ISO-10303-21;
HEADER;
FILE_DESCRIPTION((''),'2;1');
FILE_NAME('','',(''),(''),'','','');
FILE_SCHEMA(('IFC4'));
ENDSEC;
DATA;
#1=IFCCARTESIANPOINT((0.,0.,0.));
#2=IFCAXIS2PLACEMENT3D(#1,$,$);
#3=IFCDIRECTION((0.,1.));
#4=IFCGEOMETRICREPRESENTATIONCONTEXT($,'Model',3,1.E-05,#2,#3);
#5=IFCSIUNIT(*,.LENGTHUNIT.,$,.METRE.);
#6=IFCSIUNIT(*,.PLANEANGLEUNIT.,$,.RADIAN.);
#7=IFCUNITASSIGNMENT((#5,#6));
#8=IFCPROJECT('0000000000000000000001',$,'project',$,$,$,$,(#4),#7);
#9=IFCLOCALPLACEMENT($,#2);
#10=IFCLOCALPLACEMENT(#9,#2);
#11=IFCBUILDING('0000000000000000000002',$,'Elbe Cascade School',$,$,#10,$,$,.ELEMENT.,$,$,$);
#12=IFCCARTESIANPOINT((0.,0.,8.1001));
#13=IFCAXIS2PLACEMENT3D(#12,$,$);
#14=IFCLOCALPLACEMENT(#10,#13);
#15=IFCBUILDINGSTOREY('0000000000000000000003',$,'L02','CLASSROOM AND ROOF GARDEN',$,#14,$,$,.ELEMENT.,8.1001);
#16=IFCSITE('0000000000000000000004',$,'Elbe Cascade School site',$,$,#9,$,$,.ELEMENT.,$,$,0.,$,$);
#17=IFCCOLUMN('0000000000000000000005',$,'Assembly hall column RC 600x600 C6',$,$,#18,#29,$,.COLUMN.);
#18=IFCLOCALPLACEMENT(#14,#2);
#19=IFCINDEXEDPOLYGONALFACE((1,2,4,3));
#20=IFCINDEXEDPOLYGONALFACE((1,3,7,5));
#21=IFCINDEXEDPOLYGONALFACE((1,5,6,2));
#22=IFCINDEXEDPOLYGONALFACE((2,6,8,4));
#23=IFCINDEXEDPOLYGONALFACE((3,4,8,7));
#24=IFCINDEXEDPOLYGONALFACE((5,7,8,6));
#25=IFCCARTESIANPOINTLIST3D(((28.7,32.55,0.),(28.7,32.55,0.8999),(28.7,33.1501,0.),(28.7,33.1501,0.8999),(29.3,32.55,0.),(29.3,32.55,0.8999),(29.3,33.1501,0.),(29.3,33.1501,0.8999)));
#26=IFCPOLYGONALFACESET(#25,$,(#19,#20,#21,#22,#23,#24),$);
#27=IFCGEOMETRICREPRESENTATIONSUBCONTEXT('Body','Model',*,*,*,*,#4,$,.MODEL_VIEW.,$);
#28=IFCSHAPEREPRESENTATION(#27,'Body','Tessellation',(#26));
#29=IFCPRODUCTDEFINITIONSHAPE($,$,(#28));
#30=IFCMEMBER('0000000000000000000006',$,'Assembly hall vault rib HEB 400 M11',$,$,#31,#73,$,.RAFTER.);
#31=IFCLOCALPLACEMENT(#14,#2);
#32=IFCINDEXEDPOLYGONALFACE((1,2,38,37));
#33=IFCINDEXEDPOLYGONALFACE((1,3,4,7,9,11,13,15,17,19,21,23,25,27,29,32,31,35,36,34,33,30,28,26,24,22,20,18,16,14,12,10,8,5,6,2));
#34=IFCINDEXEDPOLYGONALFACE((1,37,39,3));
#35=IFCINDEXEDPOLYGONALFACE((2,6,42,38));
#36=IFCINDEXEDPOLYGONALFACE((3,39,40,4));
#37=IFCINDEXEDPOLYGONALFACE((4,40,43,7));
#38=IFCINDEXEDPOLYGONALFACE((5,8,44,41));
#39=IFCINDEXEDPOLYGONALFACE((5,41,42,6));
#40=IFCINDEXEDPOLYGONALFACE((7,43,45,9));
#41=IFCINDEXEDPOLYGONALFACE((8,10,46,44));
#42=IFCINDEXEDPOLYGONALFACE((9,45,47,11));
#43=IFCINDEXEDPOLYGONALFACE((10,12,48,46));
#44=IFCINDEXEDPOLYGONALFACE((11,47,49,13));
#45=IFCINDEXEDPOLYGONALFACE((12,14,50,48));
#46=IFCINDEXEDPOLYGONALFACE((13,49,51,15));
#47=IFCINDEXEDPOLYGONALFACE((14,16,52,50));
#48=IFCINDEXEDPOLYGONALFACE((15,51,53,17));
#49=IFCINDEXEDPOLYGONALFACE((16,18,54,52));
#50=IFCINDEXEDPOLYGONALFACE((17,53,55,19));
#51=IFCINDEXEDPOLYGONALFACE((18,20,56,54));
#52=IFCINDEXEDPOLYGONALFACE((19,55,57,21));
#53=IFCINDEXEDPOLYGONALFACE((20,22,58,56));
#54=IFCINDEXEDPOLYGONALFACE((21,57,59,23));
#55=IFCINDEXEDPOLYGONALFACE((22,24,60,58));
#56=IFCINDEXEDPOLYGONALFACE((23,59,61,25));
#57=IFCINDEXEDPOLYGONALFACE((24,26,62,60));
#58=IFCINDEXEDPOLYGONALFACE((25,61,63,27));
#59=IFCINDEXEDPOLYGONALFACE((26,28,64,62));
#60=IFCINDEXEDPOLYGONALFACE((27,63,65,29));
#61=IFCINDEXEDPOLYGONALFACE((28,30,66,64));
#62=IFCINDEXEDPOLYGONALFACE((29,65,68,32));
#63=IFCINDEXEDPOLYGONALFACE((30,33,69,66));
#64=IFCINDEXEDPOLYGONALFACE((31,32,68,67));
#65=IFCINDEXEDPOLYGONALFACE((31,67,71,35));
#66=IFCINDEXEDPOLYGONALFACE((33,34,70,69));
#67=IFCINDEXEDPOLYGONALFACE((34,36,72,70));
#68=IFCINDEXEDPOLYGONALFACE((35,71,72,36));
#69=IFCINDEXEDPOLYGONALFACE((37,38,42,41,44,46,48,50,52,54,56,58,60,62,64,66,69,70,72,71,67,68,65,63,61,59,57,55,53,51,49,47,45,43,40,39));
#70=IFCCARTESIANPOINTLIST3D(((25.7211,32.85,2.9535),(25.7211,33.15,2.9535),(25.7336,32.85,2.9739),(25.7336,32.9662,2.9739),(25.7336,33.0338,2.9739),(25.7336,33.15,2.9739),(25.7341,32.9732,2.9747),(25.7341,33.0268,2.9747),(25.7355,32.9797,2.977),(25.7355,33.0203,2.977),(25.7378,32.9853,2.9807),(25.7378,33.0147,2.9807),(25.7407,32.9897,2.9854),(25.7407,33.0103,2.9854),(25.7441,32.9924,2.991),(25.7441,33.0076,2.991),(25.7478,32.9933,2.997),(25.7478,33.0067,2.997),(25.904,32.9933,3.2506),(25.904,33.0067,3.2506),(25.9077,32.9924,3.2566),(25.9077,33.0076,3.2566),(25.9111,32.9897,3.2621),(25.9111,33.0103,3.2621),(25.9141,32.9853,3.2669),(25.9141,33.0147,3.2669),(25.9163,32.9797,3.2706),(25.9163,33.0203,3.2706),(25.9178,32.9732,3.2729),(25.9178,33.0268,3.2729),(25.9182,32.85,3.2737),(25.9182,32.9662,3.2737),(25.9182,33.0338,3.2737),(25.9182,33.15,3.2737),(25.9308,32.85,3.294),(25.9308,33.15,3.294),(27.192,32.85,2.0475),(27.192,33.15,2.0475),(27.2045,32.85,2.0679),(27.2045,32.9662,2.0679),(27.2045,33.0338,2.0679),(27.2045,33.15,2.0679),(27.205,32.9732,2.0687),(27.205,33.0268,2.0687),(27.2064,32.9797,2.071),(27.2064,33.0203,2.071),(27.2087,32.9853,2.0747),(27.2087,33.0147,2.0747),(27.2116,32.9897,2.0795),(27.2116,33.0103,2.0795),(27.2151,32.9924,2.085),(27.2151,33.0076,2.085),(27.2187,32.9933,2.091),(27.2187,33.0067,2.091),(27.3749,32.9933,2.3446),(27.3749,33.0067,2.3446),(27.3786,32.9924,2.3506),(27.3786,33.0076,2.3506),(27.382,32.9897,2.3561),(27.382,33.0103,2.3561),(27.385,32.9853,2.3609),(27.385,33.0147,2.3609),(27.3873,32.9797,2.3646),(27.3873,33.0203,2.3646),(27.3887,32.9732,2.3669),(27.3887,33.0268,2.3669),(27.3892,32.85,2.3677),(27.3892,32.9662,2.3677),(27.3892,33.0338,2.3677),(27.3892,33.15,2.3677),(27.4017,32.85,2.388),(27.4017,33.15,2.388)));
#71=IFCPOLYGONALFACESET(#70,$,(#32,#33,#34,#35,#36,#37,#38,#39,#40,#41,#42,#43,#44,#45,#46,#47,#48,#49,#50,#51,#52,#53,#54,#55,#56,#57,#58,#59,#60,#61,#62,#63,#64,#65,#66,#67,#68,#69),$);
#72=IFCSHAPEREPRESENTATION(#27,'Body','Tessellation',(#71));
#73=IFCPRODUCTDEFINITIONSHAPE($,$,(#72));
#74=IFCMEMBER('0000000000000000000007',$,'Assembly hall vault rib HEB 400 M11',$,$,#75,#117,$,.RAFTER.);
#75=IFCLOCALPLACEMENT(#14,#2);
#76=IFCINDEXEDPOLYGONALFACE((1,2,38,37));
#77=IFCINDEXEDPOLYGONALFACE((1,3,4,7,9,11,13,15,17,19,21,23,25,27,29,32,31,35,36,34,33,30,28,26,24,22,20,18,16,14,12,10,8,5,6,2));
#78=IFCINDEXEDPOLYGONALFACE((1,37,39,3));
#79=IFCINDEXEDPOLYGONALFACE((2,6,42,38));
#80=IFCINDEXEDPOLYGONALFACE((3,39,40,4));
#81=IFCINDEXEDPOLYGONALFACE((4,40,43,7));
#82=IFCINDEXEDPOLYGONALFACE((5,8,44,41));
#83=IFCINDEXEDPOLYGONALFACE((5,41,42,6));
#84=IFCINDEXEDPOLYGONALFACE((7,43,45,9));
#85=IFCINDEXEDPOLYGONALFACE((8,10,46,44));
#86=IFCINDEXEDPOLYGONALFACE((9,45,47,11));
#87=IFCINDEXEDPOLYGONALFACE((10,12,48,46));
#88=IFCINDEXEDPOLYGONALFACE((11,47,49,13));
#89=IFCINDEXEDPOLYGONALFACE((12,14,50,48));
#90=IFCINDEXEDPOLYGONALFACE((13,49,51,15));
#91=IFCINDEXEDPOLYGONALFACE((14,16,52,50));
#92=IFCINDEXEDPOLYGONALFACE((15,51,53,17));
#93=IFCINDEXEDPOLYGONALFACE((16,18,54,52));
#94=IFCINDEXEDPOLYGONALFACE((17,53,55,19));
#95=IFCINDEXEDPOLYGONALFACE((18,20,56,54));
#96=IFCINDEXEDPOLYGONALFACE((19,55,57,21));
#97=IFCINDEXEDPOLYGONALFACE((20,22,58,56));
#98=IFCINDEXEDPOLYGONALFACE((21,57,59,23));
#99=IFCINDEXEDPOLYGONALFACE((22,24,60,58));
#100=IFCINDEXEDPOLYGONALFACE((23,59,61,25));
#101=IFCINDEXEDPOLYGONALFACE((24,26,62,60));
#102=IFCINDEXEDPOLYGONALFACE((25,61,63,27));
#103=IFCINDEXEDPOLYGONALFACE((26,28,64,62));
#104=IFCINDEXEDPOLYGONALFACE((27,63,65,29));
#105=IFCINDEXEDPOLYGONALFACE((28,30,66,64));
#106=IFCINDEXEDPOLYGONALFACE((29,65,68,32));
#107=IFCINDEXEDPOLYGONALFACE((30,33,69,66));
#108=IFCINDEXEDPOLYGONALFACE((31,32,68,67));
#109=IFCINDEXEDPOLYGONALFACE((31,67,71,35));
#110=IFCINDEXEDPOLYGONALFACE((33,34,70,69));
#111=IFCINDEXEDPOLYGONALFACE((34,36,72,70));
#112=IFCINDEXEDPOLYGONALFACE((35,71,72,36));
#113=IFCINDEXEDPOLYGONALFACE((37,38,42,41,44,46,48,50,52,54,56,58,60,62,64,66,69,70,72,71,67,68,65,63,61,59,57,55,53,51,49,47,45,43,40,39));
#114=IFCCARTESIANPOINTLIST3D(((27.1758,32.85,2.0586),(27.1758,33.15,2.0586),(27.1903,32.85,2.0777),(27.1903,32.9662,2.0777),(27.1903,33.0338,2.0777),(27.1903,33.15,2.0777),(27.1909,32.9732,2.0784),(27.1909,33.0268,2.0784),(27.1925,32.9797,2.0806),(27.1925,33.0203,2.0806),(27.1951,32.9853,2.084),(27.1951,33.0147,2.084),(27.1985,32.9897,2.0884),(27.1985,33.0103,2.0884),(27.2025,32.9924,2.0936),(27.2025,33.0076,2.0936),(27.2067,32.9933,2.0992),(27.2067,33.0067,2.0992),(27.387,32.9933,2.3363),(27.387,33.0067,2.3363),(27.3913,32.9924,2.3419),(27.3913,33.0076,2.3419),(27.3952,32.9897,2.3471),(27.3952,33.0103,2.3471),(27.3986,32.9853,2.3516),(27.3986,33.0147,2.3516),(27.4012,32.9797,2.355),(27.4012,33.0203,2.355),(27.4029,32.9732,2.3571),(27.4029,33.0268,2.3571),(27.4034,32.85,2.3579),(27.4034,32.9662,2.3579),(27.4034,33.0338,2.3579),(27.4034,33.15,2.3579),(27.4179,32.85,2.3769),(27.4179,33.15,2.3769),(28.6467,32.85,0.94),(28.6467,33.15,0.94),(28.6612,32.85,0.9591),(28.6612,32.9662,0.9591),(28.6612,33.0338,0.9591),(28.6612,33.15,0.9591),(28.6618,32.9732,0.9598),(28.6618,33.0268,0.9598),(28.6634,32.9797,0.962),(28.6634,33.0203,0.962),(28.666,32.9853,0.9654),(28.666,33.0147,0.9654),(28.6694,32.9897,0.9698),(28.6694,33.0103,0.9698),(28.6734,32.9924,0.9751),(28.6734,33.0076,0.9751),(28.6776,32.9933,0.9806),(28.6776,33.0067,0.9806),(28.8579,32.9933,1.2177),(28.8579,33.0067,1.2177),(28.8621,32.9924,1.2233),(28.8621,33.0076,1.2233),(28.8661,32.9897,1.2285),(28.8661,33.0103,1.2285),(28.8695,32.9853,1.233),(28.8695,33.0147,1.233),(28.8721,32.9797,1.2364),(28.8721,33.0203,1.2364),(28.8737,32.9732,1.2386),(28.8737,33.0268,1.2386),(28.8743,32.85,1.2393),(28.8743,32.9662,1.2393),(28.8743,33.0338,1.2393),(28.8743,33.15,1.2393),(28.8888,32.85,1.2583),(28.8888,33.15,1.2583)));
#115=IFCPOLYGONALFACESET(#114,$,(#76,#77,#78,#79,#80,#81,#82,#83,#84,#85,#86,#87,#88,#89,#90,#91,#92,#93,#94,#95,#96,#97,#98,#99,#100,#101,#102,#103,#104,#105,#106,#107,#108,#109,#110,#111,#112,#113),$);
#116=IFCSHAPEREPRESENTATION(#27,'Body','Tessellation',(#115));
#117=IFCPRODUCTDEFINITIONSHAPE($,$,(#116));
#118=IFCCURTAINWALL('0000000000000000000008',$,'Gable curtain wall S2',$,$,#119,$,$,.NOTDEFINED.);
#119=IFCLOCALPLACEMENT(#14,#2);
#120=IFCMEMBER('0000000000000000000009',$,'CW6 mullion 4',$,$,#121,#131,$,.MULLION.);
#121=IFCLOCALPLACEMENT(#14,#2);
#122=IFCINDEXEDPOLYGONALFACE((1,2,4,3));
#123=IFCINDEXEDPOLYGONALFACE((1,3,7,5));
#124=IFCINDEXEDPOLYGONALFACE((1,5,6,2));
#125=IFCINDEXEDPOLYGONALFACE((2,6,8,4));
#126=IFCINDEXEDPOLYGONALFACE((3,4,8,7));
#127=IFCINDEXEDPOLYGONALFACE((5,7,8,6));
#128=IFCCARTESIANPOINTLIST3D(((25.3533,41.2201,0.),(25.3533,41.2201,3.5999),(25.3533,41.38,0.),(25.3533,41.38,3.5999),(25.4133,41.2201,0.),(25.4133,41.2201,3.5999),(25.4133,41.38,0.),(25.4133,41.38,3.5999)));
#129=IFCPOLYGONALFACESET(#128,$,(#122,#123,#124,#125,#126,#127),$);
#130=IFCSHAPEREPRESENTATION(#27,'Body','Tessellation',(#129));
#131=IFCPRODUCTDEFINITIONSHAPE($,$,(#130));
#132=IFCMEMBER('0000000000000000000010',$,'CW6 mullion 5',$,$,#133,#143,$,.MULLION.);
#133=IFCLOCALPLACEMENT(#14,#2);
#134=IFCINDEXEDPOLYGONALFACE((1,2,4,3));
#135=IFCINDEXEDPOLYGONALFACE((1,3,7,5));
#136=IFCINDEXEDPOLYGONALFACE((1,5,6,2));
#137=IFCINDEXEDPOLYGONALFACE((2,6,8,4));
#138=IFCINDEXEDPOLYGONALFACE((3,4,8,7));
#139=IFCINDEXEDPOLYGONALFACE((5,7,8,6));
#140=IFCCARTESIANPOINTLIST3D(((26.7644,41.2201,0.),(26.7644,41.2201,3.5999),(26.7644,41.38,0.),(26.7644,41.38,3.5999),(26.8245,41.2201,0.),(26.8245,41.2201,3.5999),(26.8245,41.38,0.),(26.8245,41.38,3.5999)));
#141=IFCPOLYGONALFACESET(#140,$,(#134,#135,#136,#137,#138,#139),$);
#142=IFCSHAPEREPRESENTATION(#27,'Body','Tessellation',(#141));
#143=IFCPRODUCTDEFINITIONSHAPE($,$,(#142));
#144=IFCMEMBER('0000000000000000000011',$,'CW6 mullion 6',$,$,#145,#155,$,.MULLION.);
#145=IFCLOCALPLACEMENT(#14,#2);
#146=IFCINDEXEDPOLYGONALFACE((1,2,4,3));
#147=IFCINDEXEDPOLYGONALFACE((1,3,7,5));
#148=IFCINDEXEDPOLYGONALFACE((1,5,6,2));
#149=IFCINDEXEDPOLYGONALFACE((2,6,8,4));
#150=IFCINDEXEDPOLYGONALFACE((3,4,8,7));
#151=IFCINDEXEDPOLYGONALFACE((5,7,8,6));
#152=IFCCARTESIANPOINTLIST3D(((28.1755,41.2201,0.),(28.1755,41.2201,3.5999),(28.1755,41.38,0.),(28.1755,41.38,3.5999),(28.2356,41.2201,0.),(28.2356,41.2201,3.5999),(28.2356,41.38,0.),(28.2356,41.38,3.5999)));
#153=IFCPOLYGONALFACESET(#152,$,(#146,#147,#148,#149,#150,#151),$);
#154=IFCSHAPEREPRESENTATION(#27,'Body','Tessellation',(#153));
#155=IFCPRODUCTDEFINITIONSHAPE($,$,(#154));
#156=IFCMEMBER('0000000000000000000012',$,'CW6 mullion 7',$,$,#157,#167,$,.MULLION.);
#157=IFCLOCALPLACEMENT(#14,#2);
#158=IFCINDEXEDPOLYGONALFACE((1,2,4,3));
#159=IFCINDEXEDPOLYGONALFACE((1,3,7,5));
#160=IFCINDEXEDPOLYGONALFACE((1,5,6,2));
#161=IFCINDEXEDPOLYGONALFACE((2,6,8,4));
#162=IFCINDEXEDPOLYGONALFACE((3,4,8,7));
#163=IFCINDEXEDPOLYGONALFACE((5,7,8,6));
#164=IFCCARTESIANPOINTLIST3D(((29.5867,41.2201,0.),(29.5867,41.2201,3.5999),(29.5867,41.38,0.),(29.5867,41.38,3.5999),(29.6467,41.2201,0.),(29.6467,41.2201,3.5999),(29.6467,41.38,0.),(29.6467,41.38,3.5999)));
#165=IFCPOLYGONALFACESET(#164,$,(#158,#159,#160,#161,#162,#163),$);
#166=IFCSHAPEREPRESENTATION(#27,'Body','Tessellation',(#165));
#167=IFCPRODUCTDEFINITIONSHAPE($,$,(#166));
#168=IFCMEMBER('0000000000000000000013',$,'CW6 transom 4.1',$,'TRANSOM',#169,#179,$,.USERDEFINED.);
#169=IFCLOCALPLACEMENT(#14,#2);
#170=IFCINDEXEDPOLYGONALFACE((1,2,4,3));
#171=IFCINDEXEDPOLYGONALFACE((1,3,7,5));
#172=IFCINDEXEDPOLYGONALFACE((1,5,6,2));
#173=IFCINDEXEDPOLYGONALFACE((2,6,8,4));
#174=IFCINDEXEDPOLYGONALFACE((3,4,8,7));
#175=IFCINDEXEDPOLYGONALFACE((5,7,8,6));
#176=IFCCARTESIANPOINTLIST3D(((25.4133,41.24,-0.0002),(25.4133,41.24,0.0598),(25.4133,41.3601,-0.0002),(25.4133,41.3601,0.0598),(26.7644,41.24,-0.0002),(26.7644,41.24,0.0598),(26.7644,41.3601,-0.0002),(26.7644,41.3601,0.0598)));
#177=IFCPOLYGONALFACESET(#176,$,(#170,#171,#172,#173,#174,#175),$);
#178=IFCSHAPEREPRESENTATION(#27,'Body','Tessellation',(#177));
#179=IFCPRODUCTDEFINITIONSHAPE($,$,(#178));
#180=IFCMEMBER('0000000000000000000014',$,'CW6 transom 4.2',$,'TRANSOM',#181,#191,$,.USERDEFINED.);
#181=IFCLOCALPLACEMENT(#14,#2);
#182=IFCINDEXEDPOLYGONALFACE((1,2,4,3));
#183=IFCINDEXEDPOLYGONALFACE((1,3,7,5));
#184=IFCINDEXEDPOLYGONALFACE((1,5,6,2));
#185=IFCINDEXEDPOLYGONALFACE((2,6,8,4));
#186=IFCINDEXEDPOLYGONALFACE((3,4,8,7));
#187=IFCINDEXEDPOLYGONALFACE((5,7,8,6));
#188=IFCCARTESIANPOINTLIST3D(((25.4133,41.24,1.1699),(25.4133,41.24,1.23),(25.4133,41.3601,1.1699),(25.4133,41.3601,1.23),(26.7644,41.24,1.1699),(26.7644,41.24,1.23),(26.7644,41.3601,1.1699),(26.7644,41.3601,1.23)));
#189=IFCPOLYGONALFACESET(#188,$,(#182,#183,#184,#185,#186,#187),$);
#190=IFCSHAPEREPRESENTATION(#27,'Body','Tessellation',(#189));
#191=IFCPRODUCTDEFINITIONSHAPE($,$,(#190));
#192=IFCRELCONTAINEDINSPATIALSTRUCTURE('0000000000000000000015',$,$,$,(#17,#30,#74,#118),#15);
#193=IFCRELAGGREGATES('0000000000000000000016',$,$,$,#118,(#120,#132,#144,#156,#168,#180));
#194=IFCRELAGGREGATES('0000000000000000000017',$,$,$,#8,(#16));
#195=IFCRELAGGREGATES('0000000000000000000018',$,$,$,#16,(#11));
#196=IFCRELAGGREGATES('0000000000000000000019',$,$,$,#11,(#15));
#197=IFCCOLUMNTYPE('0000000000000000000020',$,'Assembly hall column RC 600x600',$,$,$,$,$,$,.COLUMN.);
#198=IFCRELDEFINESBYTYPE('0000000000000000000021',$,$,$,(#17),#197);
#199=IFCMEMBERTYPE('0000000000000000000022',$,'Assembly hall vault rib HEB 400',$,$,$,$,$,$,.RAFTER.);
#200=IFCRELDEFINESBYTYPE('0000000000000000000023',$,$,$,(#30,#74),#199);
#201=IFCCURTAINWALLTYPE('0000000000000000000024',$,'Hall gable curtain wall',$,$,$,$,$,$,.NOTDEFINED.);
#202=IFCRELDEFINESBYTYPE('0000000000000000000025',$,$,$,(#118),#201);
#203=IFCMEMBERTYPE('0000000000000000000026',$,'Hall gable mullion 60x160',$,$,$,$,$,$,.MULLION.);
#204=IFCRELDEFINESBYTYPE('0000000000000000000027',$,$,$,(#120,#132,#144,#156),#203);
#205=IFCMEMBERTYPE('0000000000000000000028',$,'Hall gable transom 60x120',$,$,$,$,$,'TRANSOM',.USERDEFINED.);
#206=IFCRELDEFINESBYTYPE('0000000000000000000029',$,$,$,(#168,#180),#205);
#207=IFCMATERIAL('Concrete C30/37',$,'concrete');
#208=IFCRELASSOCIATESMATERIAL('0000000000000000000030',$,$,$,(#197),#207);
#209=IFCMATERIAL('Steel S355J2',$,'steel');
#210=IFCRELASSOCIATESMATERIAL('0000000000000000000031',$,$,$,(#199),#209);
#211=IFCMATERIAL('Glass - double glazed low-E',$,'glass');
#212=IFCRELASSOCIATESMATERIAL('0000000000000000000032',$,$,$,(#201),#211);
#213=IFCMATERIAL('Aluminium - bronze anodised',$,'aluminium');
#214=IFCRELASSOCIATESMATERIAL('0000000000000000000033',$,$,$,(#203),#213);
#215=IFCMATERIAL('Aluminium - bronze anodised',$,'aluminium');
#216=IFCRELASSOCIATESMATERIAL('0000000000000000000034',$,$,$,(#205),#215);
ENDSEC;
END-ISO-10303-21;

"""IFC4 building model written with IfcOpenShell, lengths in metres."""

from ifc_helpers import new_model, si_unit, direction, frame, origin, origin_2d, place, context, subcontext, project, spatial, rectangle, i_section, extrude, material, material_profile, profile_set, type_object, element, aggregate, save


model = new_model("IFC4")

# Units and contexts
model_context = context("Model", 3, precision=1e-05, world=origin(), true_north=direction((0.0, 1.0)))
body_context = subcontext(model_context, "Body", "Model", "MODEL_VIEW")
ifc_project = project(units=[si_unit("LENGTHUNIT", "METRE"), si_unit("PLANEANGLEUNIT", "RADIAN")], contexts=[model_context])

# Site, building, storey
site_placement = place(None, origin())
site = spatial("IfcSite", under=ifc_project, at=site_placement, Name="Elbe Cascade School site", CompositionType="ELEMENT", RefElevation=0.0)
building_placement = place(site_placement, origin())
building = spatial("IfcBuilding", under=site, at=building_placement, Name="Elbe Cascade School", CompositionType="ELEMENT")
storey_placement = place(building_placement, frame((0.0, 0.0, 8.1001)))
storey = spatial("IfcBuildingStorey", under=building, at=storey_placement, Name="L02", Description="CLASSROOM AND ROOF GARDEN", CompositionType="ELEMENT", Elevation=8.1001)

# Column
ifc_material_1 = material(Name="Concrete C30/37", Category="concrete")
ifc_material_profile_1 = material_profile(ifc_material_1, rectangle(XDim=0.6001, YDim=0.6001, at=origin_2d()), Name="RC 600x600")
ifc_profile_set_1 = profile_set([ifc_material_profile_1], Name="Concrete C30/37")
column_type = type_object("IfcColumnType", Name="Assembly hall column RC 600x600", PredefinedType="COLUMN", material=ifc_profile_set_1)
column_placement = place(storey_placement, frame((29.0, 32.8501, 0.0), z_axis=(0.0, 0.0, 1.0), x_axis=(1.0, 0.0, 0.0)))
element("IfcColumn", 1, at=column_placement, inside=storey, type_object=column_type, Name="Assembly hall column RC 600x600 C6", PredefinedType="COLUMN", context=body_context, shape_type="SweptSolid", body=[
    extrude(rectangle(XDim=0.6001, YDim=0.6001, at=origin_2d()), origin(), (0.0, 0.0, 1.0), 0.8999),
])

# Members
ifc_material_2 = material(Name="Steel S355J2", Category="steel")
ifc_material_profile_2 = material_profile(ifc_material_2, i_section(OverallWidth=0.3, OverallDepth=0.3999, WebThickness=0.0134, FlangeThickness=0.0239, FilletRadius=0.0271, at=origin_2d()), Name="HEB 400")
ifc_profile_set_2 = profile_set([ifc_material_profile_2], Name="Steel S355J2")
member_type_1 = type_object("IfcMemberType", Name="Assembly hall vault rib HEB 400", PredefinedType="RAFTER", material=ifc_profile_set_2)
member_1_placement = place(storey_placement, frame((25.8259, 33.0, 3.1238), z_axis=(0.85145, 0.0, -0.524436), x_axis=(0.0, 1.0, 0.0)))
element("IfcMember", 2, at=member_1_placement, inside=storey, type_object=member_type_1, Name="Assembly hall vault rib HEB 400 M11", PredefinedType="RAFTER", context=body_context, shape_type="SweptSolid", body=[
    extrude(i_section(OverallWidth=0.3, OverallDepth=0.3999, WebThickness=0.0134, FlangeThickness=0.0239, FilletRadius=0.0271, at=origin_2d()), origin(), (0.0, 0.0, 1.0), 1.7275),
])
member_2_placement = place(storey_placement, frame((27.2969, 33.0, 2.2178), z_axis=(0.795971, 0.0, -0.605334), x_axis=(0.0, 1.0, 0.0)))
element("IfcMember", 3, at=member_2_placement, inside=storey, type_object=member_type_1, Name="Assembly hall vault rib HEB 400 M11", PredefinedType="RAFTER", context=body_context, shape_type="SweptSolid", body=[
    extrude(i_section(OverallWidth=0.3, OverallDepth=0.3999, WebThickness=0.0134, FlangeThickness=0.0239, FilletRadius=0.0271, at=origin_2d()), origin(), (0.0, 0.0, 1.0), 1.8479),
])

# Curtain wall, members
ifc_material_3 = material(Name="Glass - double glazed low-E", Category="glass")
curtain_wall_type = type_object("IfcCurtainWallType", Name="Hall gable curtain wall", PredefinedType="NOTDEFINED", material=ifc_material_3)
curtain_wall_placement = place(storey_placement, origin())
curtain_wall = element("IfcCurtainWall", 4, at=curtain_wall_placement, inside=storey, type_object=curtain_wall_type, Name="Gable curtain wall S2", PredefinedType="NOTDEFINED")
ifc_material_4 = material(Name="Aluminium - bronze anodised", Category="aluminium")
ifc_material_profile_3 = material_profile(ifc_material_4, rectangle(XDim=0.1599, YDim=0.0601, at=origin_2d()), Name="Alu 60x160")
ifc_profile_set_3 = profile_set([ifc_material_profile_3], Name="Aluminium - bronze anodised")
member_type_2 = type_object("IfcMemberType", Name="Hall gable mullion 60x160", PredefinedType="MULLION", material=ifc_profile_set_3)
member_3_placement = place(storey_placement, frame((25.3833, 41.3, 0.0), z_axis=(0.0, 0.0, 1.0), x_axis=(0.0, 1.0, 0.0)))
member_3 = element("IfcMember", 5, at=member_3_placement, type_object=member_type_2, Name="CW6 mullion 4", PredefinedType="MULLION", context=body_context, shape_type="SweptSolid", body=[
    extrude(rectangle(XDim=0.1599, YDim=0.0601, at=origin_2d()), origin(), (0.0, 0.0, 1.0), 3.5999),
])
member_4_placement = place(storey_placement, frame((26.7944, 41.3, 0.0), z_axis=(0.0, 0.0, 1.0), x_axis=(0.0, 1.0, 0.0)))
member_4 = element("IfcMember", 6, at=member_4_placement, type_object=member_type_2, Name="CW6 mullion 5", PredefinedType="MULLION", context=body_context, shape_type="SweptSolid", body=[
    extrude(rectangle(XDim=0.1599, YDim=0.0601, at=origin_2d()), origin(), (0.0, 0.0, 1.0), 3.5999),
])
member_5_placement = place(storey_placement, frame((28.2056, 41.3, 0.0), z_axis=(0.0, 0.0, 1.0), x_axis=(0.0, 1.0, 0.0)))
member_5 = element("IfcMember", 7, at=member_5_placement, type_object=member_type_2, Name="CW6 mullion 6", PredefinedType="MULLION", context=body_context, shape_type="SweptSolid", body=[
    extrude(rectangle(XDim=0.1599, YDim=0.0601, at=origin_2d()), origin(), (0.0, 0.0, 1.0), 3.5999),
])
member_6_placement = place(storey_placement, frame((29.6167, 41.3, 0.0), z_axis=(0.0, 0.0, 1.0), x_axis=(0.0, 1.0, 0.0)))
member_6 = element("IfcMember", 8, at=member_6_placement, type_object=member_type_2, Name="CW6 mullion 7", PredefinedType="MULLION", context=body_context, shape_type="SweptSolid", body=[
    extrude(rectangle(XDim=0.1599, YDim=0.0601, at=origin_2d()), origin(), (0.0, 0.0, 1.0), 3.5999),
])
ifc_material_5 = material(Name="Aluminium - bronze anodised", Category="aluminium")
ifc_material_profile_4 = material_profile(ifc_material_5, rectangle(XDim=0.1201, YDim=0.0601, at=origin_2d()), Name="Alu 60x120")
ifc_profile_set_4 = profile_set([ifc_material_profile_4], Name="Aluminium - bronze anodised")
member_type_3 = type_object("IfcMemberType", Name="Hall gable transom 60x120", ElementType="TRANSOM", PredefinedType="USERDEFINED", material=ifc_profile_set_4)
member_7_placement = place(storey_placement, frame((25.4133, 41.3, 0.0298), z_axis=(1.0, 0.0, 0.0), x_axis=(0.0, 1.0, 0.0)))
member_7 = element("IfcMember", 9, at=member_7_placement, type_object=member_type_3, Name="CW6 transom 4.1", ObjectType="TRANSOM", PredefinedType="USERDEFINED", context=body_context, shape_type="SweptSolid", body=[
    extrude(rectangle(XDim=0.1201, YDim=0.0601, at=origin_2d()), origin(), (0.0, 0.0, 1.0), 1.3511),
])
member_8_placement = place(storey_placement, frame((25.4133, 41.3, 1.2), z_axis=(1.0, 0.0, 0.0), x_axis=(0.0, 1.0, 0.0)))
member_8 = element("IfcMember", 10, at=member_8_placement, type_object=member_type_3, Name="CW6 transom 4.2", ObjectType="TRANSOM", PredefinedType="USERDEFINED", context=body_context, shape_type="SweptSolid", body=[
    extrude(rectangle(XDim=0.1201, YDim=0.0601, at=origin_2d()), origin(), (0.0, 0.0, 1.0), 1.3511),
])

aggregate(curtain_wall, [member_3, member_4, member_5, member_6, member_7, member_8])

save(model, "model.ifc")
